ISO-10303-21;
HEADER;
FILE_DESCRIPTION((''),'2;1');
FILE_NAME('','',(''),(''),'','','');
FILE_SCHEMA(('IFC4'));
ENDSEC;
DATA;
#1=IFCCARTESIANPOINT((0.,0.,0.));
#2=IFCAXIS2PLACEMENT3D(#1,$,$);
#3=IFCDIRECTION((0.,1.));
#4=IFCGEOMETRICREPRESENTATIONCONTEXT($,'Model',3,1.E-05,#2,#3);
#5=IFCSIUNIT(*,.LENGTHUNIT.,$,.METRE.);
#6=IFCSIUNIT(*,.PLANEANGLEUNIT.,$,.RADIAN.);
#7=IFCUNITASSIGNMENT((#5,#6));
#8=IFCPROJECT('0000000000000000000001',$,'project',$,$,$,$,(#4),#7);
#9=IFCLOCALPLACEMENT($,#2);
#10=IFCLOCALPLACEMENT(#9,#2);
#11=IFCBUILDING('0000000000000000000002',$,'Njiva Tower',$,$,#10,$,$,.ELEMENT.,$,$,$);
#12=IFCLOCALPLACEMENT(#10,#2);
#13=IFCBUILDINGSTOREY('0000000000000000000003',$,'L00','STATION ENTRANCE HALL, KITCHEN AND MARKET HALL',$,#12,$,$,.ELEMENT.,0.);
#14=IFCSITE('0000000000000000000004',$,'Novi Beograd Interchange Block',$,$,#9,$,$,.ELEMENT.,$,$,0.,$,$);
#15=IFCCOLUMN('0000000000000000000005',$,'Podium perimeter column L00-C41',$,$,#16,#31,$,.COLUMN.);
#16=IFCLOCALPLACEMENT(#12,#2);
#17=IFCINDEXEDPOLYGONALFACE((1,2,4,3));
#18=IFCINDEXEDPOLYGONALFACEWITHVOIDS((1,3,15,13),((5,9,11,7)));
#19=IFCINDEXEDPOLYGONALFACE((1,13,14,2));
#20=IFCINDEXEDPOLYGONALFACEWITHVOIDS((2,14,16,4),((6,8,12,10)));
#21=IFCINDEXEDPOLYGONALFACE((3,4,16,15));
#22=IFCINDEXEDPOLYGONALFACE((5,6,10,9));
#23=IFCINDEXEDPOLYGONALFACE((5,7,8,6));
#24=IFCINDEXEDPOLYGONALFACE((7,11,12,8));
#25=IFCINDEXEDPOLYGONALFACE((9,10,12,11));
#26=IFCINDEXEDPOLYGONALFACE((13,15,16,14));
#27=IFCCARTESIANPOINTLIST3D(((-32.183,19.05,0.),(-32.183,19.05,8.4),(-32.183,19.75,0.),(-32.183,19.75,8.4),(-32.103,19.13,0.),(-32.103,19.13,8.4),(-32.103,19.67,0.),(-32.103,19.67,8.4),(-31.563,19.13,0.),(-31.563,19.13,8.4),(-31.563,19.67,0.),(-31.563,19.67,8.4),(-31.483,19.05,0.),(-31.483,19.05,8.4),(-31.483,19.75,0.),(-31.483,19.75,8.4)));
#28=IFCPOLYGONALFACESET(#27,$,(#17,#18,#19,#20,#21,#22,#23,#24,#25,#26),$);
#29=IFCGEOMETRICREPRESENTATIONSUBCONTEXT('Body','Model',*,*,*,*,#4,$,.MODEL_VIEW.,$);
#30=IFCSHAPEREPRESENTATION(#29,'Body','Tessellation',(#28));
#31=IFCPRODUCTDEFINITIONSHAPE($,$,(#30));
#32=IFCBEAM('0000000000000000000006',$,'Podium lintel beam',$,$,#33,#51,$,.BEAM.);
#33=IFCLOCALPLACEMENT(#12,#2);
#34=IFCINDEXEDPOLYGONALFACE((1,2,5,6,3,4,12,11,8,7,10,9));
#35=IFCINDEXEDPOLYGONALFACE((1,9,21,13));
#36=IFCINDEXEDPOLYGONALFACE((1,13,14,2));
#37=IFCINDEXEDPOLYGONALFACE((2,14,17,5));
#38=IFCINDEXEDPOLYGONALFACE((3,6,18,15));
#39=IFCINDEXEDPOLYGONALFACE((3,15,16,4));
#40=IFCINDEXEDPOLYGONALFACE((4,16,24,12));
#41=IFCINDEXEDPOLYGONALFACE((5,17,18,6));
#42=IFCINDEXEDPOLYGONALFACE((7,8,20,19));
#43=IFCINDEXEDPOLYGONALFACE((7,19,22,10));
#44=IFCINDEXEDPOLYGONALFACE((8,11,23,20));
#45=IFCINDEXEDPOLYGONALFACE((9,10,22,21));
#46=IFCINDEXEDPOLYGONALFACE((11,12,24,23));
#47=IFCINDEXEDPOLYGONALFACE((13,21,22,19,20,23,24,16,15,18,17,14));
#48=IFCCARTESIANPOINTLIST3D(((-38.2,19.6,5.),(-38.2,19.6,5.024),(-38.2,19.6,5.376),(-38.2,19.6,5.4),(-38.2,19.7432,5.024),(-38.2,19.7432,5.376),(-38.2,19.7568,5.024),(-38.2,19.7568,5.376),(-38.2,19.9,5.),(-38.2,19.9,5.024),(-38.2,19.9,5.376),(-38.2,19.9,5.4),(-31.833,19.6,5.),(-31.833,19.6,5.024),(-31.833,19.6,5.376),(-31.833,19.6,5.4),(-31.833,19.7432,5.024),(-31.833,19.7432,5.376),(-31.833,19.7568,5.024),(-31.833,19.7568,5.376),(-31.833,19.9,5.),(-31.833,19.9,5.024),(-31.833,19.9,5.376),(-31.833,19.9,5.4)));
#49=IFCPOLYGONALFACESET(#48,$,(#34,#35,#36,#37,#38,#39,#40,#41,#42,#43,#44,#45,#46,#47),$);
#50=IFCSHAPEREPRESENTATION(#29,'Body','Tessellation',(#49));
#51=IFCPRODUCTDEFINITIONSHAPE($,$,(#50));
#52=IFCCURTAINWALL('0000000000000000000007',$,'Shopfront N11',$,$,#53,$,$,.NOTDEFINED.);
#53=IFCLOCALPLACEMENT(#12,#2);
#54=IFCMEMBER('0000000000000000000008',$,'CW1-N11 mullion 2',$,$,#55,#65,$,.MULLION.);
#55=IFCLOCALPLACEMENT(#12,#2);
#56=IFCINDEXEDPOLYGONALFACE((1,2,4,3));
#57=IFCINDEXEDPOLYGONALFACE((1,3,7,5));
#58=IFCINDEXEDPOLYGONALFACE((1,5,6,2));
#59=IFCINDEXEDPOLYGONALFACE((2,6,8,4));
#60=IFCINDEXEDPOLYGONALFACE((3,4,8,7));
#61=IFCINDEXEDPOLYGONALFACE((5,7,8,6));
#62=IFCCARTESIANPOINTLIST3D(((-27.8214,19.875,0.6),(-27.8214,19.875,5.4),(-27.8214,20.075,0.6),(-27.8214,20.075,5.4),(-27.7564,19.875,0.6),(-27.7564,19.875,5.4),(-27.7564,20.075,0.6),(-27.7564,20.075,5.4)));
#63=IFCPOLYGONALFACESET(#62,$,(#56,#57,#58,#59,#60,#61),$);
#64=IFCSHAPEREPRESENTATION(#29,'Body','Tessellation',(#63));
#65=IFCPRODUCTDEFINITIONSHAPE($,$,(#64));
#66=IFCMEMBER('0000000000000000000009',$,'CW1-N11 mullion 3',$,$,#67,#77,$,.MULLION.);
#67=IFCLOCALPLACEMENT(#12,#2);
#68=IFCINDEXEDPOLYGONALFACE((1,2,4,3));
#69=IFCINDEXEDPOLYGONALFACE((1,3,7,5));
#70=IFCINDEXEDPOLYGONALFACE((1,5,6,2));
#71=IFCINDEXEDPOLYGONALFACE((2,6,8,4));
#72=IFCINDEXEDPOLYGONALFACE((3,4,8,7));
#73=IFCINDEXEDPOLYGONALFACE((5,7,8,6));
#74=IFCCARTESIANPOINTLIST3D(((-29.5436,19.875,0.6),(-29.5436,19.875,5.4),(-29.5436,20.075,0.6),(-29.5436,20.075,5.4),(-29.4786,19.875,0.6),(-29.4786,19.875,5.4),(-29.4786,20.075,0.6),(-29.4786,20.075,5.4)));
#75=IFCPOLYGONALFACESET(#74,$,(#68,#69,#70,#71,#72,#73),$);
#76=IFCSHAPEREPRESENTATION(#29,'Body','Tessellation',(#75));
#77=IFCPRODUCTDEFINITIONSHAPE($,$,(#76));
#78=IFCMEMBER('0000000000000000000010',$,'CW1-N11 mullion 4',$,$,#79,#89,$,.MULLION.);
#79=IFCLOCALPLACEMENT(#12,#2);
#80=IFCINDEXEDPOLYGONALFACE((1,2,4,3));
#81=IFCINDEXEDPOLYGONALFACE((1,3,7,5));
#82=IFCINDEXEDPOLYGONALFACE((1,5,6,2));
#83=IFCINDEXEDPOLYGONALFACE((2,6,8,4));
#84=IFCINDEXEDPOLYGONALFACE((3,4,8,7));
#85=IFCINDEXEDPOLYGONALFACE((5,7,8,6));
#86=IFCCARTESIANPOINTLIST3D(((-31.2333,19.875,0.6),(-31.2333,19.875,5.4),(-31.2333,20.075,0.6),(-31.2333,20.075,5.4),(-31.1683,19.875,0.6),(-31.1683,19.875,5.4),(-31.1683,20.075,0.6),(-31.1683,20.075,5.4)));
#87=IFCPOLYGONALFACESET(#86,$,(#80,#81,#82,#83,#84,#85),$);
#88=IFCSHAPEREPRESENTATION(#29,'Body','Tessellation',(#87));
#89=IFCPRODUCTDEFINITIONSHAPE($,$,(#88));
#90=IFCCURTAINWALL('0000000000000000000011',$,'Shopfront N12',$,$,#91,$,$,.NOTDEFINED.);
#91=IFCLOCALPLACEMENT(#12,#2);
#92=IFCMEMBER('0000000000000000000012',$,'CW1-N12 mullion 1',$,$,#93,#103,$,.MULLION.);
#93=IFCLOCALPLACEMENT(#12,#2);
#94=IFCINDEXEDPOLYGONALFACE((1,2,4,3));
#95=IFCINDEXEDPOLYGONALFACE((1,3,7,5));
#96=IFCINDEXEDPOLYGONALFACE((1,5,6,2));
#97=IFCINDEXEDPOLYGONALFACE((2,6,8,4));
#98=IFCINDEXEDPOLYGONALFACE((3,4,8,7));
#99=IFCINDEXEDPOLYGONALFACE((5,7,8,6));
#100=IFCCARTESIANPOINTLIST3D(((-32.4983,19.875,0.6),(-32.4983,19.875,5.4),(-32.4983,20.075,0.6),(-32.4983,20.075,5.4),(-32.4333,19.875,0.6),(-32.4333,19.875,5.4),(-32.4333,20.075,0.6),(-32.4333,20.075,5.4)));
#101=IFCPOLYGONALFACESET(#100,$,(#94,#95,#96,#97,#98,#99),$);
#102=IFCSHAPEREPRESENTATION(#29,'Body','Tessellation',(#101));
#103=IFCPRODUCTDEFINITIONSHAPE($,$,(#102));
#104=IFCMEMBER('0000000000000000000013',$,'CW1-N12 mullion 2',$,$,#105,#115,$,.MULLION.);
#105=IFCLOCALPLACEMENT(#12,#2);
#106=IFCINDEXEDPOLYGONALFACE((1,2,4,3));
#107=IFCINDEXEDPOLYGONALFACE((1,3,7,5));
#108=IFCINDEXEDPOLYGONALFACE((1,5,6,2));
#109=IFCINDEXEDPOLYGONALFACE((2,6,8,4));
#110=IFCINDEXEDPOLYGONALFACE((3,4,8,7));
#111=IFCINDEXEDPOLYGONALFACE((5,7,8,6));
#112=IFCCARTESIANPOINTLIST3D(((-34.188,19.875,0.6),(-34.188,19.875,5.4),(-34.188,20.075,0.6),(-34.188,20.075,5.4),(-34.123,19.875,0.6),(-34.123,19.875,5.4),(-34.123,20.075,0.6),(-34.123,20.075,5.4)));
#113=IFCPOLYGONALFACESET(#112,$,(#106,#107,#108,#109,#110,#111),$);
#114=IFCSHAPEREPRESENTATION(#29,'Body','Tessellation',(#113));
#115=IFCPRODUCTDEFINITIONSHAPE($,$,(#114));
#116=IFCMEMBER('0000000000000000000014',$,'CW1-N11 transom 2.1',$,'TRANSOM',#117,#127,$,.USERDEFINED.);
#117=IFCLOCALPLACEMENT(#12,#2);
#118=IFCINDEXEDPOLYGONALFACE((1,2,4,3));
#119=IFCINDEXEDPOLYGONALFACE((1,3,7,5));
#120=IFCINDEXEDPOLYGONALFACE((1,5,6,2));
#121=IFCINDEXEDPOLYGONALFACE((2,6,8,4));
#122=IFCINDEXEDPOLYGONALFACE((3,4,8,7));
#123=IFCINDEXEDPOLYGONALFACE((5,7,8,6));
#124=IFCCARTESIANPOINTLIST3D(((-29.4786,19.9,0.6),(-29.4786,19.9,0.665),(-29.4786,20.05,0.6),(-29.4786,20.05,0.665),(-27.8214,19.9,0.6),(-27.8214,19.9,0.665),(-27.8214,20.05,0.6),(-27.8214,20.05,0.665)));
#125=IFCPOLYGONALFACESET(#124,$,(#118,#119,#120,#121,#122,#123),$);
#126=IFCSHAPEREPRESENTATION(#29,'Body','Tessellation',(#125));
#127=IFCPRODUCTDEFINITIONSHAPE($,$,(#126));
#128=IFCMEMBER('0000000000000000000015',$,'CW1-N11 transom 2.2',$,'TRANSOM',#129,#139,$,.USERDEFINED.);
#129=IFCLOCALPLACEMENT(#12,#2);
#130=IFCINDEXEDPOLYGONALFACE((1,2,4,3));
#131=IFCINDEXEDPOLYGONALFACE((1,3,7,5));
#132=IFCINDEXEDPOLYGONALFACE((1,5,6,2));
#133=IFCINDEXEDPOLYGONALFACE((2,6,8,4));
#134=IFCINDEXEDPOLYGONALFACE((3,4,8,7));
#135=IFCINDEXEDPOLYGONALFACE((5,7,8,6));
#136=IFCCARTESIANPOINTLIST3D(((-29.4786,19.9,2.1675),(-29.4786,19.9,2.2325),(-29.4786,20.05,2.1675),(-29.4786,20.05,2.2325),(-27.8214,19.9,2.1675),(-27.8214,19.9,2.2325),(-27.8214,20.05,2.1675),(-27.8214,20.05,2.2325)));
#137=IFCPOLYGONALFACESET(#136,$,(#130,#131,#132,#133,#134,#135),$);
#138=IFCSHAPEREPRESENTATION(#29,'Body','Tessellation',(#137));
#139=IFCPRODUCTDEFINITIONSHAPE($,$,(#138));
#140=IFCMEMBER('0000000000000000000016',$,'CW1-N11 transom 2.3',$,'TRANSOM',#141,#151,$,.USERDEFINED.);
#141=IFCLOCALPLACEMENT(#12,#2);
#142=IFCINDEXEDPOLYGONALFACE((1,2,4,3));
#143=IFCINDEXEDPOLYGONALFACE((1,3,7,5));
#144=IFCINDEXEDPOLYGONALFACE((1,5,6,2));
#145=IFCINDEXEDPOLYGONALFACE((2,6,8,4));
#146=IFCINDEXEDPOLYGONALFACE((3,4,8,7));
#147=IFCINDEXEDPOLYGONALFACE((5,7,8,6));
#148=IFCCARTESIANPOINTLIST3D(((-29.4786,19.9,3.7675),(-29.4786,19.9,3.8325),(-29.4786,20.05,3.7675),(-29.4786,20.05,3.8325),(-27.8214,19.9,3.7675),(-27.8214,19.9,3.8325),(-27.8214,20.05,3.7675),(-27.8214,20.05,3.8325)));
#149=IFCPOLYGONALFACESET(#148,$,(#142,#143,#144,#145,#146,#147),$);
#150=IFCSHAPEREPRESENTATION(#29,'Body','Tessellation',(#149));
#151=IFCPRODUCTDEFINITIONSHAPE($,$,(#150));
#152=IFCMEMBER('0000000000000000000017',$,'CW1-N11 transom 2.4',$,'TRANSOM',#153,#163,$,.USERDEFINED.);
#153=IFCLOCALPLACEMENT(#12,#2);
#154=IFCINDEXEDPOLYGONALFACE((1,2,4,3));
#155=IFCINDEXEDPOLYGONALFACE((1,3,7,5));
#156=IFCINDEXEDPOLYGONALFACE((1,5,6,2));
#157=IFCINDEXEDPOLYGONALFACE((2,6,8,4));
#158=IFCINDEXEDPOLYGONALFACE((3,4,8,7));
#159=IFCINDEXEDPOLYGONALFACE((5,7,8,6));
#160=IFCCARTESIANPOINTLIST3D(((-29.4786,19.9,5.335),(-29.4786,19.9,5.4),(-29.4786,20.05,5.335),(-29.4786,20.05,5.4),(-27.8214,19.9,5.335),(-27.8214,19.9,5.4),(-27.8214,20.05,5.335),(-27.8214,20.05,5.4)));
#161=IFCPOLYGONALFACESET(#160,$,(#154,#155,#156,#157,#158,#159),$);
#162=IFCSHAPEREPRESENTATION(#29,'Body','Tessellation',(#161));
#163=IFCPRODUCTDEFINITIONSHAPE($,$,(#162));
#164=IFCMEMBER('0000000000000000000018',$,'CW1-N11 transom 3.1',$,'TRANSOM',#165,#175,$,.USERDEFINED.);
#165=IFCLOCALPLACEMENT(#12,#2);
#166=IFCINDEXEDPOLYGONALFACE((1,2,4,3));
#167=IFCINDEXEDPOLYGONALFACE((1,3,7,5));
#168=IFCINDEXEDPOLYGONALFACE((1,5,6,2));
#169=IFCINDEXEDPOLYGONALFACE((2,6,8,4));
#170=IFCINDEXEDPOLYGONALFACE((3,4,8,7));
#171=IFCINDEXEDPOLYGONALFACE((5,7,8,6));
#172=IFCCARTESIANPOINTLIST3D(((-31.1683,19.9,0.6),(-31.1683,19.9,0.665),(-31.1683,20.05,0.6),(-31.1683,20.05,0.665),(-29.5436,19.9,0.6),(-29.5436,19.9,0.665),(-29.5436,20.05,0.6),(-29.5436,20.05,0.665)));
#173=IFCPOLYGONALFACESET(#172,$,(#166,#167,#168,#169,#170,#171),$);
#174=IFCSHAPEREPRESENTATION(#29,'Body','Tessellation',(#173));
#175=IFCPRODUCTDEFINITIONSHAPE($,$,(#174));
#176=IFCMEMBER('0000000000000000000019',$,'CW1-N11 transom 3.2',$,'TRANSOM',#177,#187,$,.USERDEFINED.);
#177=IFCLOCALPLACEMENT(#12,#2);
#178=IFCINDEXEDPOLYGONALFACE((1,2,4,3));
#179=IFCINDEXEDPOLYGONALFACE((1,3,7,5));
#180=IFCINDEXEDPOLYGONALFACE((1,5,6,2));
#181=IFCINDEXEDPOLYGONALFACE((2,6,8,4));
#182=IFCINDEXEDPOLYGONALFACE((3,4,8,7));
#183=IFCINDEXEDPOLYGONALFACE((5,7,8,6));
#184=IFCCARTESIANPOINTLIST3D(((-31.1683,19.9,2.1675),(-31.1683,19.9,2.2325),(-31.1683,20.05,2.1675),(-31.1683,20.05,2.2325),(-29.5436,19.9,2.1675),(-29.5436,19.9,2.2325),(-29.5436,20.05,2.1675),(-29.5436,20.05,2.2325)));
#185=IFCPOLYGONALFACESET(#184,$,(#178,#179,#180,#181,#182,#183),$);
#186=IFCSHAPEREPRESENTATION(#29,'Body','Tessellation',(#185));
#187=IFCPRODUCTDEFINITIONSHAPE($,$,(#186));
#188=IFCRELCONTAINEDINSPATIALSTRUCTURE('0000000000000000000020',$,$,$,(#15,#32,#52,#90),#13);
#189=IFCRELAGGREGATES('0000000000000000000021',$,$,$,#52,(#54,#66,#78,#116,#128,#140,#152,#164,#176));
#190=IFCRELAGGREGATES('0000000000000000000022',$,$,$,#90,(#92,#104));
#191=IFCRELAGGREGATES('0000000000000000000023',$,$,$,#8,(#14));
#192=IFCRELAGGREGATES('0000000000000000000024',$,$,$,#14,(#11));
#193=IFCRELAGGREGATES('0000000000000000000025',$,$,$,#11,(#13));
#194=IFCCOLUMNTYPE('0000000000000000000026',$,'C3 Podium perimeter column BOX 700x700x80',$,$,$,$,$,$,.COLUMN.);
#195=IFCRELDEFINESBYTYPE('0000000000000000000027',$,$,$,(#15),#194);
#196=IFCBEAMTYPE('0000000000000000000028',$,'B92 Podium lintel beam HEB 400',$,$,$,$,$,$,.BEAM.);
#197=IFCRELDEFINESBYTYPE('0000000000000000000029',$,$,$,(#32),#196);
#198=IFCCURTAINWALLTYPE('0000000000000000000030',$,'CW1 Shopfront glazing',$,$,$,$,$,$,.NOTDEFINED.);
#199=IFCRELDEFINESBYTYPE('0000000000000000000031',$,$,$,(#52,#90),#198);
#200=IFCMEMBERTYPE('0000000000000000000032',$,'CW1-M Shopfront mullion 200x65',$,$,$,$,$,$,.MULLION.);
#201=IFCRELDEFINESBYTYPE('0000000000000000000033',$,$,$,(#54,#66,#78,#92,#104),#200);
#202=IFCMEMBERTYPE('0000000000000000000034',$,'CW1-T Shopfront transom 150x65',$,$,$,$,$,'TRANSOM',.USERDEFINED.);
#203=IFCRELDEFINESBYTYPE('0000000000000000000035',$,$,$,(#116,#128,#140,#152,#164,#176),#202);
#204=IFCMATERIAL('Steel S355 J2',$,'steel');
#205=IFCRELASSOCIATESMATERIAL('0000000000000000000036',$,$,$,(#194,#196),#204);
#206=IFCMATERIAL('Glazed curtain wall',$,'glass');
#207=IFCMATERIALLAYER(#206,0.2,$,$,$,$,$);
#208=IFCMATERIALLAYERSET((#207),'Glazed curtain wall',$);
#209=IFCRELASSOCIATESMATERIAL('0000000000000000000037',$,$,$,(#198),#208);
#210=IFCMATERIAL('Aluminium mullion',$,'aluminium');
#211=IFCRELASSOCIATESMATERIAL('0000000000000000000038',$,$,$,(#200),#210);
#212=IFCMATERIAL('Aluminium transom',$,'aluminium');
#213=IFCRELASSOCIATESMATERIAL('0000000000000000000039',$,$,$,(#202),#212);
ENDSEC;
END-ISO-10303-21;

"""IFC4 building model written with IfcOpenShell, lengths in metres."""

from ifc_helpers import new_model, si_unit, direction, frame, origin, origin_2d, place, context, subcontext, project, spatial, rectangle, hollow_rectangle, i_section, extrude, material, layer, layer_set, material_profile, profile_set, type_object, element, aggregate, save


model = new_model("IFC4")

# Units and contexts
model_context = context("Model", 3, precision=1e-05, world=origin(), true_north=direction((0.0, 1.0)))
body_context = subcontext(model_context, "Body", "Model", "MODEL_VIEW")
ifc_project = project(units=[si_unit("LENGTHUNIT", "METRE"), si_unit("PLANEANGLEUNIT", "RADIAN")], contexts=[model_context])

# Site, building, storey
site_placement = place(None, origin())
site = spatial("IfcSite", under=ifc_project, at=site_placement, Name="Novi Beograd Interchange Block", CompositionType="ELEMENT", RefElevation=0.0)
building_placement = place(site_placement, origin())
building = spatial("IfcBuilding", under=site, at=building_placement, Name="Njiva Tower", CompositionType="ELEMENT")
storey_placement = place(building_placement, origin())
storey = spatial("IfcBuildingStorey", under=building, at=storey_placement, Name="L00", Description="STATION ENTRANCE HALL, KITCHEN AND MARKET HALL", CompositionType="ELEMENT", Elevation=0.0)

# Column
ifc_material_1 = material(Name="Steel S355 J2", Category="steel")
ifc_material_profile_1 = material_profile(ifc_material_1, hollow_rectangle(XDim=0.7, YDim=0.7, WallThickness=0.08, at=origin_2d()), Name="BOX 700x700x80")
ifc_profile_set_1 = profile_set([ifc_material_profile_1], Name="Steel S355 J2")
column_type = type_object("IfcColumnType", Name="C3 Podium perimeter column BOX 700x700x80", PredefinedType="COLUMN", material=ifc_profile_set_1)
column_placement = place(storey_placement, frame((-31.833, 19.4, 0.0), z_axis=(0.0, 0.0, 1.0), x_axis=(-1.0, 0.0, 0.0)))
element("IfcColumn", 1, at=column_placement, inside=storey, type_object=column_type, Name="Podium perimeter column L00-C41", PredefinedType="COLUMN", context=body_context, shape_type="SweptSolid", body=[
    extrude(hollow_rectangle(XDim=0.7, YDim=0.7, WallThickness=0.08, at=origin_2d()), origin(), (0.0, 0.0, 1.0), 8.4),
])

# Beam
ifc_material_profile_2 = material_profile(ifc_material_1, i_section(OverallWidth=0.3, OverallDepth=0.4, WebThickness=0.0135, FlangeThickness=0.024, at=origin_2d()), Name="HEB400")
ifc_profile_set_2 = profile_set([ifc_material_profile_2], Name="Steel S355 J2")
beam_type = type_object("IfcBeamType", Name="B92 Podium lintel beam HEB 400", PredefinedType="BEAM", material=ifc_profile_set_2)
beam_placement = place(storey_placement, frame((-31.833, 19.75, 5.2), z_axis=(-1.0, 0.0, 0.0), x_axis=(0.0, -1.0, 0.0)))
element("IfcBeam", 2, at=beam_placement, inside=storey, type_object=beam_type, Name="Podium lintel beam", PredefinedType="BEAM", context=body_context, shape_type="SweptSolid", body=[
    extrude(i_section(OverallWidth=0.3, OverallDepth=0.4, WebThickness=0.0135, FlangeThickness=0.024, at=origin_2d()), origin(), (0.0, 0.0, 1.0), 6.367),
])

# Curtain walls, members
ifc_material_2 = material(Name="Glazed curtain wall", Category="glass")
ifc_layer_1 = layer(ifc_material_2, 0.2)
ifc_layer_set_1 = layer_set([ifc_layer_1], Name="Glazed curtain wall")
curtain_wall_type = type_object("IfcCurtainWallType", Name="CW1 Shopfront glazing", PredefinedType="NOTDEFINED", material=ifc_layer_set_1)
curtain_wall_1_placement = place(storey_placement, origin())
curtain_wall_1 = element("IfcCurtainWall", 3, at=curtain_wall_1_placement, inside=storey, type_object=curtain_wall_type, Name="Shopfront N11", PredefinedType="NOTDEFINED")
ifc_material_3 = material(Name="Aluminium mullion", Category="aluminium")
ifc_material_profile_3 = material_profile(ifc_material_3, rectangle(XDim=0.2, YDim=0.065, at=origin_2d()), Name="RECT 200x65")
ifc_profile_set_3 = profile_set([ifc_material_profile_3], Name="Aluminium mullion")
member_type_1 = type_object("IfcMemberType", Name="CW1-M Shopfront mullion 200x65", PredefinedType="MULLION", material=ifc_profile_set_3)
member_1_placement = place(storey_placement, frame((-27.7889, 19.975, 0.6), z_axis=(0.0, 0.0, 1.0), x_axis=(0.0, -1.0, 0.0)))
member_1 = element("IfcMember", 4, at=member_1_placement, type_object=member_type_1, Name="CW1-N11 mullion 2", PredefinedType="MULLION", context=body_context, shape_type="SweptSolid", body=[
    extrude(rectangle(XDim=0.2, YDim=0.065, at=origin_2d()), origin(), (0.0, 0.0, 1.0), 4.8),
])
member_2_placement = place(storey_placement, frame((-29.5111, 19.975, 0.6), z_axis=(0.0, 0.0, 1.0), x_axis=(0.0, -1.0, 0.0)))
member_2 = element("IfcMember", 5, at=member_2_placement, type_object=member_type_1, Name="CW1-N11 mullion 3", PredefinedType="MULLION", context=body_context, shape_type="SweptSolid", body=[
    extrude(rectangle(XDim=0.2, YDim=0.065, at=origin_2d()), origin(), (0.0, 0.0, 1.0), 4.8),
])
member_3_placement = place(storey_placement, frame((-31.2008, 19.975, 0.6), z_axis=(0.0, 0.0, 1.0), x_axis=(0.0, -1.0, 0.0)))
member_3 = element("IfcMember", 6, at=member_3_placement, type_object=member_type_1, Name="CW1-N11 mullion 4", PredefinedType="MULLION", context=body_context, shape_type="SweptSolid", body=[
    extrude(rectangle(XDim=0.2, YDim=0.065, at=origin_2d()), origin(), (0.0, 0.0, 1.0), 4.8),
])
curtain_wall_2_placement = place(storey_placement, origin())
curtain_wall_2 = element("IfcCurtainWall", 7, at=curtain_wall_2_placement, inside=storey, type_object=curtain_wall_type, Name="Shopfront N12", PredefinedType="NOTDEFINED")
member_4_placement = place(storey_placement, frame((-32.4658, 19.975, 0.6), z_axis=(0.0, 0.0, 1.0), x_axis=(0.0, -1.0, 0.0)))
member_4 = element("IfcMember", 8, at=member_4_placement, type_object=member_type_1, Name="CW1-N12 mullion 1", PredefinedType="MULLION", context=body_context, shape_type="SweptSolid", body=[
    extrude(rectangle(XDim=0.2, YDim=0.065, at=origin_2d()), origin(), (0.0, 0.0, 1.0), 4.8),
])
member_5_placement = place(storey_placement, frame((-34.1555, 19.975, 0.6), z_axis=(0.0, 0.0, 1.0), x_axis=(0.0, -1.0, 0.0)))
member_5 = element("IfcMember", 9, at=member_5_placement, type_object=member_type_1, Name="CW1-N12 mullion 2", PredefinedType="MULLION", context=body_context, shape_type="SweptSolid", body=[
    extrude(rectangle(XDim=0.2, YDim=0.065, at=origin_2d()), origin(), (0.0, 0.0, 1.0), 4.8),
])

# Members
ifc_material_4 = material(Name="Aluminium transom", Category="aluminium")
ifc_material_profile_4 = material_profile(ifc_material_4, rectangle(XDim=0.15, YDim=0.065, at=origin_2d()), Name="RECT 150x65")
ifc_profile_set_4 = profile_set([ifc_material_profile_4], Name="Aluminium transom")
member_type_2 = type_object("IfcMemberType", Name="CW1-T Shopfront transom 150x65", ElementType="TRANSOM", PredefinedType="USERDEFINED", material=ifc_profile_set_4)
member_6_placement = place(storey_placement, frame((-27.8214, 19.975, 0.6325), z_axis=(-1.0, 0.0, 0.0), x_axis=(0.0, -1.0, 0.0)))
member_6 = element("IfcMember", 10, at=member_6_placement, type_object=member_type_2, Name="CW1-N11 transom 2.1", ObjectType="TRANSOM", PredefinedType="USERDEFINED", context=body_context, shape_type="SweptSolid", body=[
    extrude(rectangle(XDim=0.15, YDim=0.065, at=origin_2d()), origin(), (0.0, 0.0, 1.0), 1.6572),
])
member_7_placement = place(storey_placement, frame((-27.8214, 19.975, 2.2), z_axis=(-1.0, 0.0, 0.0), x_axis=(0.0, -1.0, 0.0)))
member_7 = element("IfcMember", 11, at=member_7_placement, type_object=member_type_2, Name="CW1-N11 transom 2.2", ObjectType="TRANSOM", PredefinedType="USERDEFINED", context=body_context, shape_type="SweptSolid", body=[
    extrude(rectangle(XDim=0.15, YDim=0.065, at=origin_2d()), origin(), (0.0, 0.0, 1.0), 1.6572),
])
member_8_placement = place(storey_placement, frame((-27.8214, 19.975, 3.8), z_axis=(-1.0, 0.0, 0.0), x_axis=(0.0, -1.0, 0.0)))
member_8 = element("IfcMember", 12, at=member_8_placement, type_object=member_type_2, Name="CW1-N11 transom 2.3", ObjectType="TRANSOM", PredefinedType="USERDEFINED", context=body_context, shape_type="SweptSolid", body=[
    extrude(rectangle(XDim=0.15, YDim=0.065, at=origin_2d()), origin(), (0.0, 0.0, 1.0), 1.6572),
])
member_9_placement = place(storey_placement, frame((-27.8214, 19.975, 5.3675), z_axis=(-1.0, 0.0, 0.0), x_axis=(0.0, -1.0, 0.0)))
member_9 = element("IfcMember", 13, at=member_9_placement, type_object=member_type_2, Name="CW1-N11 transom 2.4", ObjectType="TRANSOM", PredefinedType="USERDEFINED", context=body_context, shape_type="SweptSolid", body=[
    extrude(rectangle(XDim=0.15, YDim=0.065, at=origin_2d()), origin(), (0.0, 0.0, 1.0), 1.6572),
])
member_10_placement = place(storey_placement, frame((-29.5436, 19.975, 0.6325), z_axis=(-1.0, 0.0, 0.0), x_axis=(0.0, -1.0, 0.0)))
member_10 = element("IfcMember", 14, at=member_10_placement, type_object=member_type_2, Name="CW1-N11 transom 3.1", ObjectType="TRANSOM", PredefinedType="USERDEFINED", context=body_context, shape_type="SweptSolid", body=[
    extrude(rectangle(XDim=0.15, YDim=0.065, at=origin_2d()), origin(), (0.0, 0.0, 1.0), 1.6247),
])
member_11_placement = place(storey_placement, frame((-29.5436, 19.975, 2.2), z_axis=(-1.0, 0.0, 0.0), x_axis=(0.0, -1.0, 0.0)))
member_11 = element("IfcMember", 15, at=member_11_placement, type_object=member_type_2, Name="CW1-N11 transom 3.2", ObjectType="TRANSOM", PredefinedType="USERDEFINED", context=body_context, shape_type="SweptSolid", body=[
    extrude(rectangle(XDim=0.15, YDim=0.065, at=origin_2d()), origin(), (0.0, 0.0, 1.0), 1.6247),
])

aggregate(curtain_wall_1, [member_1, member_2, member_3, member_6, member_7, member_8, member_9, member_10, member_11])
aggregate(curtain_wall_2, [member_4, member_5])

save(model, "model.ifc")
